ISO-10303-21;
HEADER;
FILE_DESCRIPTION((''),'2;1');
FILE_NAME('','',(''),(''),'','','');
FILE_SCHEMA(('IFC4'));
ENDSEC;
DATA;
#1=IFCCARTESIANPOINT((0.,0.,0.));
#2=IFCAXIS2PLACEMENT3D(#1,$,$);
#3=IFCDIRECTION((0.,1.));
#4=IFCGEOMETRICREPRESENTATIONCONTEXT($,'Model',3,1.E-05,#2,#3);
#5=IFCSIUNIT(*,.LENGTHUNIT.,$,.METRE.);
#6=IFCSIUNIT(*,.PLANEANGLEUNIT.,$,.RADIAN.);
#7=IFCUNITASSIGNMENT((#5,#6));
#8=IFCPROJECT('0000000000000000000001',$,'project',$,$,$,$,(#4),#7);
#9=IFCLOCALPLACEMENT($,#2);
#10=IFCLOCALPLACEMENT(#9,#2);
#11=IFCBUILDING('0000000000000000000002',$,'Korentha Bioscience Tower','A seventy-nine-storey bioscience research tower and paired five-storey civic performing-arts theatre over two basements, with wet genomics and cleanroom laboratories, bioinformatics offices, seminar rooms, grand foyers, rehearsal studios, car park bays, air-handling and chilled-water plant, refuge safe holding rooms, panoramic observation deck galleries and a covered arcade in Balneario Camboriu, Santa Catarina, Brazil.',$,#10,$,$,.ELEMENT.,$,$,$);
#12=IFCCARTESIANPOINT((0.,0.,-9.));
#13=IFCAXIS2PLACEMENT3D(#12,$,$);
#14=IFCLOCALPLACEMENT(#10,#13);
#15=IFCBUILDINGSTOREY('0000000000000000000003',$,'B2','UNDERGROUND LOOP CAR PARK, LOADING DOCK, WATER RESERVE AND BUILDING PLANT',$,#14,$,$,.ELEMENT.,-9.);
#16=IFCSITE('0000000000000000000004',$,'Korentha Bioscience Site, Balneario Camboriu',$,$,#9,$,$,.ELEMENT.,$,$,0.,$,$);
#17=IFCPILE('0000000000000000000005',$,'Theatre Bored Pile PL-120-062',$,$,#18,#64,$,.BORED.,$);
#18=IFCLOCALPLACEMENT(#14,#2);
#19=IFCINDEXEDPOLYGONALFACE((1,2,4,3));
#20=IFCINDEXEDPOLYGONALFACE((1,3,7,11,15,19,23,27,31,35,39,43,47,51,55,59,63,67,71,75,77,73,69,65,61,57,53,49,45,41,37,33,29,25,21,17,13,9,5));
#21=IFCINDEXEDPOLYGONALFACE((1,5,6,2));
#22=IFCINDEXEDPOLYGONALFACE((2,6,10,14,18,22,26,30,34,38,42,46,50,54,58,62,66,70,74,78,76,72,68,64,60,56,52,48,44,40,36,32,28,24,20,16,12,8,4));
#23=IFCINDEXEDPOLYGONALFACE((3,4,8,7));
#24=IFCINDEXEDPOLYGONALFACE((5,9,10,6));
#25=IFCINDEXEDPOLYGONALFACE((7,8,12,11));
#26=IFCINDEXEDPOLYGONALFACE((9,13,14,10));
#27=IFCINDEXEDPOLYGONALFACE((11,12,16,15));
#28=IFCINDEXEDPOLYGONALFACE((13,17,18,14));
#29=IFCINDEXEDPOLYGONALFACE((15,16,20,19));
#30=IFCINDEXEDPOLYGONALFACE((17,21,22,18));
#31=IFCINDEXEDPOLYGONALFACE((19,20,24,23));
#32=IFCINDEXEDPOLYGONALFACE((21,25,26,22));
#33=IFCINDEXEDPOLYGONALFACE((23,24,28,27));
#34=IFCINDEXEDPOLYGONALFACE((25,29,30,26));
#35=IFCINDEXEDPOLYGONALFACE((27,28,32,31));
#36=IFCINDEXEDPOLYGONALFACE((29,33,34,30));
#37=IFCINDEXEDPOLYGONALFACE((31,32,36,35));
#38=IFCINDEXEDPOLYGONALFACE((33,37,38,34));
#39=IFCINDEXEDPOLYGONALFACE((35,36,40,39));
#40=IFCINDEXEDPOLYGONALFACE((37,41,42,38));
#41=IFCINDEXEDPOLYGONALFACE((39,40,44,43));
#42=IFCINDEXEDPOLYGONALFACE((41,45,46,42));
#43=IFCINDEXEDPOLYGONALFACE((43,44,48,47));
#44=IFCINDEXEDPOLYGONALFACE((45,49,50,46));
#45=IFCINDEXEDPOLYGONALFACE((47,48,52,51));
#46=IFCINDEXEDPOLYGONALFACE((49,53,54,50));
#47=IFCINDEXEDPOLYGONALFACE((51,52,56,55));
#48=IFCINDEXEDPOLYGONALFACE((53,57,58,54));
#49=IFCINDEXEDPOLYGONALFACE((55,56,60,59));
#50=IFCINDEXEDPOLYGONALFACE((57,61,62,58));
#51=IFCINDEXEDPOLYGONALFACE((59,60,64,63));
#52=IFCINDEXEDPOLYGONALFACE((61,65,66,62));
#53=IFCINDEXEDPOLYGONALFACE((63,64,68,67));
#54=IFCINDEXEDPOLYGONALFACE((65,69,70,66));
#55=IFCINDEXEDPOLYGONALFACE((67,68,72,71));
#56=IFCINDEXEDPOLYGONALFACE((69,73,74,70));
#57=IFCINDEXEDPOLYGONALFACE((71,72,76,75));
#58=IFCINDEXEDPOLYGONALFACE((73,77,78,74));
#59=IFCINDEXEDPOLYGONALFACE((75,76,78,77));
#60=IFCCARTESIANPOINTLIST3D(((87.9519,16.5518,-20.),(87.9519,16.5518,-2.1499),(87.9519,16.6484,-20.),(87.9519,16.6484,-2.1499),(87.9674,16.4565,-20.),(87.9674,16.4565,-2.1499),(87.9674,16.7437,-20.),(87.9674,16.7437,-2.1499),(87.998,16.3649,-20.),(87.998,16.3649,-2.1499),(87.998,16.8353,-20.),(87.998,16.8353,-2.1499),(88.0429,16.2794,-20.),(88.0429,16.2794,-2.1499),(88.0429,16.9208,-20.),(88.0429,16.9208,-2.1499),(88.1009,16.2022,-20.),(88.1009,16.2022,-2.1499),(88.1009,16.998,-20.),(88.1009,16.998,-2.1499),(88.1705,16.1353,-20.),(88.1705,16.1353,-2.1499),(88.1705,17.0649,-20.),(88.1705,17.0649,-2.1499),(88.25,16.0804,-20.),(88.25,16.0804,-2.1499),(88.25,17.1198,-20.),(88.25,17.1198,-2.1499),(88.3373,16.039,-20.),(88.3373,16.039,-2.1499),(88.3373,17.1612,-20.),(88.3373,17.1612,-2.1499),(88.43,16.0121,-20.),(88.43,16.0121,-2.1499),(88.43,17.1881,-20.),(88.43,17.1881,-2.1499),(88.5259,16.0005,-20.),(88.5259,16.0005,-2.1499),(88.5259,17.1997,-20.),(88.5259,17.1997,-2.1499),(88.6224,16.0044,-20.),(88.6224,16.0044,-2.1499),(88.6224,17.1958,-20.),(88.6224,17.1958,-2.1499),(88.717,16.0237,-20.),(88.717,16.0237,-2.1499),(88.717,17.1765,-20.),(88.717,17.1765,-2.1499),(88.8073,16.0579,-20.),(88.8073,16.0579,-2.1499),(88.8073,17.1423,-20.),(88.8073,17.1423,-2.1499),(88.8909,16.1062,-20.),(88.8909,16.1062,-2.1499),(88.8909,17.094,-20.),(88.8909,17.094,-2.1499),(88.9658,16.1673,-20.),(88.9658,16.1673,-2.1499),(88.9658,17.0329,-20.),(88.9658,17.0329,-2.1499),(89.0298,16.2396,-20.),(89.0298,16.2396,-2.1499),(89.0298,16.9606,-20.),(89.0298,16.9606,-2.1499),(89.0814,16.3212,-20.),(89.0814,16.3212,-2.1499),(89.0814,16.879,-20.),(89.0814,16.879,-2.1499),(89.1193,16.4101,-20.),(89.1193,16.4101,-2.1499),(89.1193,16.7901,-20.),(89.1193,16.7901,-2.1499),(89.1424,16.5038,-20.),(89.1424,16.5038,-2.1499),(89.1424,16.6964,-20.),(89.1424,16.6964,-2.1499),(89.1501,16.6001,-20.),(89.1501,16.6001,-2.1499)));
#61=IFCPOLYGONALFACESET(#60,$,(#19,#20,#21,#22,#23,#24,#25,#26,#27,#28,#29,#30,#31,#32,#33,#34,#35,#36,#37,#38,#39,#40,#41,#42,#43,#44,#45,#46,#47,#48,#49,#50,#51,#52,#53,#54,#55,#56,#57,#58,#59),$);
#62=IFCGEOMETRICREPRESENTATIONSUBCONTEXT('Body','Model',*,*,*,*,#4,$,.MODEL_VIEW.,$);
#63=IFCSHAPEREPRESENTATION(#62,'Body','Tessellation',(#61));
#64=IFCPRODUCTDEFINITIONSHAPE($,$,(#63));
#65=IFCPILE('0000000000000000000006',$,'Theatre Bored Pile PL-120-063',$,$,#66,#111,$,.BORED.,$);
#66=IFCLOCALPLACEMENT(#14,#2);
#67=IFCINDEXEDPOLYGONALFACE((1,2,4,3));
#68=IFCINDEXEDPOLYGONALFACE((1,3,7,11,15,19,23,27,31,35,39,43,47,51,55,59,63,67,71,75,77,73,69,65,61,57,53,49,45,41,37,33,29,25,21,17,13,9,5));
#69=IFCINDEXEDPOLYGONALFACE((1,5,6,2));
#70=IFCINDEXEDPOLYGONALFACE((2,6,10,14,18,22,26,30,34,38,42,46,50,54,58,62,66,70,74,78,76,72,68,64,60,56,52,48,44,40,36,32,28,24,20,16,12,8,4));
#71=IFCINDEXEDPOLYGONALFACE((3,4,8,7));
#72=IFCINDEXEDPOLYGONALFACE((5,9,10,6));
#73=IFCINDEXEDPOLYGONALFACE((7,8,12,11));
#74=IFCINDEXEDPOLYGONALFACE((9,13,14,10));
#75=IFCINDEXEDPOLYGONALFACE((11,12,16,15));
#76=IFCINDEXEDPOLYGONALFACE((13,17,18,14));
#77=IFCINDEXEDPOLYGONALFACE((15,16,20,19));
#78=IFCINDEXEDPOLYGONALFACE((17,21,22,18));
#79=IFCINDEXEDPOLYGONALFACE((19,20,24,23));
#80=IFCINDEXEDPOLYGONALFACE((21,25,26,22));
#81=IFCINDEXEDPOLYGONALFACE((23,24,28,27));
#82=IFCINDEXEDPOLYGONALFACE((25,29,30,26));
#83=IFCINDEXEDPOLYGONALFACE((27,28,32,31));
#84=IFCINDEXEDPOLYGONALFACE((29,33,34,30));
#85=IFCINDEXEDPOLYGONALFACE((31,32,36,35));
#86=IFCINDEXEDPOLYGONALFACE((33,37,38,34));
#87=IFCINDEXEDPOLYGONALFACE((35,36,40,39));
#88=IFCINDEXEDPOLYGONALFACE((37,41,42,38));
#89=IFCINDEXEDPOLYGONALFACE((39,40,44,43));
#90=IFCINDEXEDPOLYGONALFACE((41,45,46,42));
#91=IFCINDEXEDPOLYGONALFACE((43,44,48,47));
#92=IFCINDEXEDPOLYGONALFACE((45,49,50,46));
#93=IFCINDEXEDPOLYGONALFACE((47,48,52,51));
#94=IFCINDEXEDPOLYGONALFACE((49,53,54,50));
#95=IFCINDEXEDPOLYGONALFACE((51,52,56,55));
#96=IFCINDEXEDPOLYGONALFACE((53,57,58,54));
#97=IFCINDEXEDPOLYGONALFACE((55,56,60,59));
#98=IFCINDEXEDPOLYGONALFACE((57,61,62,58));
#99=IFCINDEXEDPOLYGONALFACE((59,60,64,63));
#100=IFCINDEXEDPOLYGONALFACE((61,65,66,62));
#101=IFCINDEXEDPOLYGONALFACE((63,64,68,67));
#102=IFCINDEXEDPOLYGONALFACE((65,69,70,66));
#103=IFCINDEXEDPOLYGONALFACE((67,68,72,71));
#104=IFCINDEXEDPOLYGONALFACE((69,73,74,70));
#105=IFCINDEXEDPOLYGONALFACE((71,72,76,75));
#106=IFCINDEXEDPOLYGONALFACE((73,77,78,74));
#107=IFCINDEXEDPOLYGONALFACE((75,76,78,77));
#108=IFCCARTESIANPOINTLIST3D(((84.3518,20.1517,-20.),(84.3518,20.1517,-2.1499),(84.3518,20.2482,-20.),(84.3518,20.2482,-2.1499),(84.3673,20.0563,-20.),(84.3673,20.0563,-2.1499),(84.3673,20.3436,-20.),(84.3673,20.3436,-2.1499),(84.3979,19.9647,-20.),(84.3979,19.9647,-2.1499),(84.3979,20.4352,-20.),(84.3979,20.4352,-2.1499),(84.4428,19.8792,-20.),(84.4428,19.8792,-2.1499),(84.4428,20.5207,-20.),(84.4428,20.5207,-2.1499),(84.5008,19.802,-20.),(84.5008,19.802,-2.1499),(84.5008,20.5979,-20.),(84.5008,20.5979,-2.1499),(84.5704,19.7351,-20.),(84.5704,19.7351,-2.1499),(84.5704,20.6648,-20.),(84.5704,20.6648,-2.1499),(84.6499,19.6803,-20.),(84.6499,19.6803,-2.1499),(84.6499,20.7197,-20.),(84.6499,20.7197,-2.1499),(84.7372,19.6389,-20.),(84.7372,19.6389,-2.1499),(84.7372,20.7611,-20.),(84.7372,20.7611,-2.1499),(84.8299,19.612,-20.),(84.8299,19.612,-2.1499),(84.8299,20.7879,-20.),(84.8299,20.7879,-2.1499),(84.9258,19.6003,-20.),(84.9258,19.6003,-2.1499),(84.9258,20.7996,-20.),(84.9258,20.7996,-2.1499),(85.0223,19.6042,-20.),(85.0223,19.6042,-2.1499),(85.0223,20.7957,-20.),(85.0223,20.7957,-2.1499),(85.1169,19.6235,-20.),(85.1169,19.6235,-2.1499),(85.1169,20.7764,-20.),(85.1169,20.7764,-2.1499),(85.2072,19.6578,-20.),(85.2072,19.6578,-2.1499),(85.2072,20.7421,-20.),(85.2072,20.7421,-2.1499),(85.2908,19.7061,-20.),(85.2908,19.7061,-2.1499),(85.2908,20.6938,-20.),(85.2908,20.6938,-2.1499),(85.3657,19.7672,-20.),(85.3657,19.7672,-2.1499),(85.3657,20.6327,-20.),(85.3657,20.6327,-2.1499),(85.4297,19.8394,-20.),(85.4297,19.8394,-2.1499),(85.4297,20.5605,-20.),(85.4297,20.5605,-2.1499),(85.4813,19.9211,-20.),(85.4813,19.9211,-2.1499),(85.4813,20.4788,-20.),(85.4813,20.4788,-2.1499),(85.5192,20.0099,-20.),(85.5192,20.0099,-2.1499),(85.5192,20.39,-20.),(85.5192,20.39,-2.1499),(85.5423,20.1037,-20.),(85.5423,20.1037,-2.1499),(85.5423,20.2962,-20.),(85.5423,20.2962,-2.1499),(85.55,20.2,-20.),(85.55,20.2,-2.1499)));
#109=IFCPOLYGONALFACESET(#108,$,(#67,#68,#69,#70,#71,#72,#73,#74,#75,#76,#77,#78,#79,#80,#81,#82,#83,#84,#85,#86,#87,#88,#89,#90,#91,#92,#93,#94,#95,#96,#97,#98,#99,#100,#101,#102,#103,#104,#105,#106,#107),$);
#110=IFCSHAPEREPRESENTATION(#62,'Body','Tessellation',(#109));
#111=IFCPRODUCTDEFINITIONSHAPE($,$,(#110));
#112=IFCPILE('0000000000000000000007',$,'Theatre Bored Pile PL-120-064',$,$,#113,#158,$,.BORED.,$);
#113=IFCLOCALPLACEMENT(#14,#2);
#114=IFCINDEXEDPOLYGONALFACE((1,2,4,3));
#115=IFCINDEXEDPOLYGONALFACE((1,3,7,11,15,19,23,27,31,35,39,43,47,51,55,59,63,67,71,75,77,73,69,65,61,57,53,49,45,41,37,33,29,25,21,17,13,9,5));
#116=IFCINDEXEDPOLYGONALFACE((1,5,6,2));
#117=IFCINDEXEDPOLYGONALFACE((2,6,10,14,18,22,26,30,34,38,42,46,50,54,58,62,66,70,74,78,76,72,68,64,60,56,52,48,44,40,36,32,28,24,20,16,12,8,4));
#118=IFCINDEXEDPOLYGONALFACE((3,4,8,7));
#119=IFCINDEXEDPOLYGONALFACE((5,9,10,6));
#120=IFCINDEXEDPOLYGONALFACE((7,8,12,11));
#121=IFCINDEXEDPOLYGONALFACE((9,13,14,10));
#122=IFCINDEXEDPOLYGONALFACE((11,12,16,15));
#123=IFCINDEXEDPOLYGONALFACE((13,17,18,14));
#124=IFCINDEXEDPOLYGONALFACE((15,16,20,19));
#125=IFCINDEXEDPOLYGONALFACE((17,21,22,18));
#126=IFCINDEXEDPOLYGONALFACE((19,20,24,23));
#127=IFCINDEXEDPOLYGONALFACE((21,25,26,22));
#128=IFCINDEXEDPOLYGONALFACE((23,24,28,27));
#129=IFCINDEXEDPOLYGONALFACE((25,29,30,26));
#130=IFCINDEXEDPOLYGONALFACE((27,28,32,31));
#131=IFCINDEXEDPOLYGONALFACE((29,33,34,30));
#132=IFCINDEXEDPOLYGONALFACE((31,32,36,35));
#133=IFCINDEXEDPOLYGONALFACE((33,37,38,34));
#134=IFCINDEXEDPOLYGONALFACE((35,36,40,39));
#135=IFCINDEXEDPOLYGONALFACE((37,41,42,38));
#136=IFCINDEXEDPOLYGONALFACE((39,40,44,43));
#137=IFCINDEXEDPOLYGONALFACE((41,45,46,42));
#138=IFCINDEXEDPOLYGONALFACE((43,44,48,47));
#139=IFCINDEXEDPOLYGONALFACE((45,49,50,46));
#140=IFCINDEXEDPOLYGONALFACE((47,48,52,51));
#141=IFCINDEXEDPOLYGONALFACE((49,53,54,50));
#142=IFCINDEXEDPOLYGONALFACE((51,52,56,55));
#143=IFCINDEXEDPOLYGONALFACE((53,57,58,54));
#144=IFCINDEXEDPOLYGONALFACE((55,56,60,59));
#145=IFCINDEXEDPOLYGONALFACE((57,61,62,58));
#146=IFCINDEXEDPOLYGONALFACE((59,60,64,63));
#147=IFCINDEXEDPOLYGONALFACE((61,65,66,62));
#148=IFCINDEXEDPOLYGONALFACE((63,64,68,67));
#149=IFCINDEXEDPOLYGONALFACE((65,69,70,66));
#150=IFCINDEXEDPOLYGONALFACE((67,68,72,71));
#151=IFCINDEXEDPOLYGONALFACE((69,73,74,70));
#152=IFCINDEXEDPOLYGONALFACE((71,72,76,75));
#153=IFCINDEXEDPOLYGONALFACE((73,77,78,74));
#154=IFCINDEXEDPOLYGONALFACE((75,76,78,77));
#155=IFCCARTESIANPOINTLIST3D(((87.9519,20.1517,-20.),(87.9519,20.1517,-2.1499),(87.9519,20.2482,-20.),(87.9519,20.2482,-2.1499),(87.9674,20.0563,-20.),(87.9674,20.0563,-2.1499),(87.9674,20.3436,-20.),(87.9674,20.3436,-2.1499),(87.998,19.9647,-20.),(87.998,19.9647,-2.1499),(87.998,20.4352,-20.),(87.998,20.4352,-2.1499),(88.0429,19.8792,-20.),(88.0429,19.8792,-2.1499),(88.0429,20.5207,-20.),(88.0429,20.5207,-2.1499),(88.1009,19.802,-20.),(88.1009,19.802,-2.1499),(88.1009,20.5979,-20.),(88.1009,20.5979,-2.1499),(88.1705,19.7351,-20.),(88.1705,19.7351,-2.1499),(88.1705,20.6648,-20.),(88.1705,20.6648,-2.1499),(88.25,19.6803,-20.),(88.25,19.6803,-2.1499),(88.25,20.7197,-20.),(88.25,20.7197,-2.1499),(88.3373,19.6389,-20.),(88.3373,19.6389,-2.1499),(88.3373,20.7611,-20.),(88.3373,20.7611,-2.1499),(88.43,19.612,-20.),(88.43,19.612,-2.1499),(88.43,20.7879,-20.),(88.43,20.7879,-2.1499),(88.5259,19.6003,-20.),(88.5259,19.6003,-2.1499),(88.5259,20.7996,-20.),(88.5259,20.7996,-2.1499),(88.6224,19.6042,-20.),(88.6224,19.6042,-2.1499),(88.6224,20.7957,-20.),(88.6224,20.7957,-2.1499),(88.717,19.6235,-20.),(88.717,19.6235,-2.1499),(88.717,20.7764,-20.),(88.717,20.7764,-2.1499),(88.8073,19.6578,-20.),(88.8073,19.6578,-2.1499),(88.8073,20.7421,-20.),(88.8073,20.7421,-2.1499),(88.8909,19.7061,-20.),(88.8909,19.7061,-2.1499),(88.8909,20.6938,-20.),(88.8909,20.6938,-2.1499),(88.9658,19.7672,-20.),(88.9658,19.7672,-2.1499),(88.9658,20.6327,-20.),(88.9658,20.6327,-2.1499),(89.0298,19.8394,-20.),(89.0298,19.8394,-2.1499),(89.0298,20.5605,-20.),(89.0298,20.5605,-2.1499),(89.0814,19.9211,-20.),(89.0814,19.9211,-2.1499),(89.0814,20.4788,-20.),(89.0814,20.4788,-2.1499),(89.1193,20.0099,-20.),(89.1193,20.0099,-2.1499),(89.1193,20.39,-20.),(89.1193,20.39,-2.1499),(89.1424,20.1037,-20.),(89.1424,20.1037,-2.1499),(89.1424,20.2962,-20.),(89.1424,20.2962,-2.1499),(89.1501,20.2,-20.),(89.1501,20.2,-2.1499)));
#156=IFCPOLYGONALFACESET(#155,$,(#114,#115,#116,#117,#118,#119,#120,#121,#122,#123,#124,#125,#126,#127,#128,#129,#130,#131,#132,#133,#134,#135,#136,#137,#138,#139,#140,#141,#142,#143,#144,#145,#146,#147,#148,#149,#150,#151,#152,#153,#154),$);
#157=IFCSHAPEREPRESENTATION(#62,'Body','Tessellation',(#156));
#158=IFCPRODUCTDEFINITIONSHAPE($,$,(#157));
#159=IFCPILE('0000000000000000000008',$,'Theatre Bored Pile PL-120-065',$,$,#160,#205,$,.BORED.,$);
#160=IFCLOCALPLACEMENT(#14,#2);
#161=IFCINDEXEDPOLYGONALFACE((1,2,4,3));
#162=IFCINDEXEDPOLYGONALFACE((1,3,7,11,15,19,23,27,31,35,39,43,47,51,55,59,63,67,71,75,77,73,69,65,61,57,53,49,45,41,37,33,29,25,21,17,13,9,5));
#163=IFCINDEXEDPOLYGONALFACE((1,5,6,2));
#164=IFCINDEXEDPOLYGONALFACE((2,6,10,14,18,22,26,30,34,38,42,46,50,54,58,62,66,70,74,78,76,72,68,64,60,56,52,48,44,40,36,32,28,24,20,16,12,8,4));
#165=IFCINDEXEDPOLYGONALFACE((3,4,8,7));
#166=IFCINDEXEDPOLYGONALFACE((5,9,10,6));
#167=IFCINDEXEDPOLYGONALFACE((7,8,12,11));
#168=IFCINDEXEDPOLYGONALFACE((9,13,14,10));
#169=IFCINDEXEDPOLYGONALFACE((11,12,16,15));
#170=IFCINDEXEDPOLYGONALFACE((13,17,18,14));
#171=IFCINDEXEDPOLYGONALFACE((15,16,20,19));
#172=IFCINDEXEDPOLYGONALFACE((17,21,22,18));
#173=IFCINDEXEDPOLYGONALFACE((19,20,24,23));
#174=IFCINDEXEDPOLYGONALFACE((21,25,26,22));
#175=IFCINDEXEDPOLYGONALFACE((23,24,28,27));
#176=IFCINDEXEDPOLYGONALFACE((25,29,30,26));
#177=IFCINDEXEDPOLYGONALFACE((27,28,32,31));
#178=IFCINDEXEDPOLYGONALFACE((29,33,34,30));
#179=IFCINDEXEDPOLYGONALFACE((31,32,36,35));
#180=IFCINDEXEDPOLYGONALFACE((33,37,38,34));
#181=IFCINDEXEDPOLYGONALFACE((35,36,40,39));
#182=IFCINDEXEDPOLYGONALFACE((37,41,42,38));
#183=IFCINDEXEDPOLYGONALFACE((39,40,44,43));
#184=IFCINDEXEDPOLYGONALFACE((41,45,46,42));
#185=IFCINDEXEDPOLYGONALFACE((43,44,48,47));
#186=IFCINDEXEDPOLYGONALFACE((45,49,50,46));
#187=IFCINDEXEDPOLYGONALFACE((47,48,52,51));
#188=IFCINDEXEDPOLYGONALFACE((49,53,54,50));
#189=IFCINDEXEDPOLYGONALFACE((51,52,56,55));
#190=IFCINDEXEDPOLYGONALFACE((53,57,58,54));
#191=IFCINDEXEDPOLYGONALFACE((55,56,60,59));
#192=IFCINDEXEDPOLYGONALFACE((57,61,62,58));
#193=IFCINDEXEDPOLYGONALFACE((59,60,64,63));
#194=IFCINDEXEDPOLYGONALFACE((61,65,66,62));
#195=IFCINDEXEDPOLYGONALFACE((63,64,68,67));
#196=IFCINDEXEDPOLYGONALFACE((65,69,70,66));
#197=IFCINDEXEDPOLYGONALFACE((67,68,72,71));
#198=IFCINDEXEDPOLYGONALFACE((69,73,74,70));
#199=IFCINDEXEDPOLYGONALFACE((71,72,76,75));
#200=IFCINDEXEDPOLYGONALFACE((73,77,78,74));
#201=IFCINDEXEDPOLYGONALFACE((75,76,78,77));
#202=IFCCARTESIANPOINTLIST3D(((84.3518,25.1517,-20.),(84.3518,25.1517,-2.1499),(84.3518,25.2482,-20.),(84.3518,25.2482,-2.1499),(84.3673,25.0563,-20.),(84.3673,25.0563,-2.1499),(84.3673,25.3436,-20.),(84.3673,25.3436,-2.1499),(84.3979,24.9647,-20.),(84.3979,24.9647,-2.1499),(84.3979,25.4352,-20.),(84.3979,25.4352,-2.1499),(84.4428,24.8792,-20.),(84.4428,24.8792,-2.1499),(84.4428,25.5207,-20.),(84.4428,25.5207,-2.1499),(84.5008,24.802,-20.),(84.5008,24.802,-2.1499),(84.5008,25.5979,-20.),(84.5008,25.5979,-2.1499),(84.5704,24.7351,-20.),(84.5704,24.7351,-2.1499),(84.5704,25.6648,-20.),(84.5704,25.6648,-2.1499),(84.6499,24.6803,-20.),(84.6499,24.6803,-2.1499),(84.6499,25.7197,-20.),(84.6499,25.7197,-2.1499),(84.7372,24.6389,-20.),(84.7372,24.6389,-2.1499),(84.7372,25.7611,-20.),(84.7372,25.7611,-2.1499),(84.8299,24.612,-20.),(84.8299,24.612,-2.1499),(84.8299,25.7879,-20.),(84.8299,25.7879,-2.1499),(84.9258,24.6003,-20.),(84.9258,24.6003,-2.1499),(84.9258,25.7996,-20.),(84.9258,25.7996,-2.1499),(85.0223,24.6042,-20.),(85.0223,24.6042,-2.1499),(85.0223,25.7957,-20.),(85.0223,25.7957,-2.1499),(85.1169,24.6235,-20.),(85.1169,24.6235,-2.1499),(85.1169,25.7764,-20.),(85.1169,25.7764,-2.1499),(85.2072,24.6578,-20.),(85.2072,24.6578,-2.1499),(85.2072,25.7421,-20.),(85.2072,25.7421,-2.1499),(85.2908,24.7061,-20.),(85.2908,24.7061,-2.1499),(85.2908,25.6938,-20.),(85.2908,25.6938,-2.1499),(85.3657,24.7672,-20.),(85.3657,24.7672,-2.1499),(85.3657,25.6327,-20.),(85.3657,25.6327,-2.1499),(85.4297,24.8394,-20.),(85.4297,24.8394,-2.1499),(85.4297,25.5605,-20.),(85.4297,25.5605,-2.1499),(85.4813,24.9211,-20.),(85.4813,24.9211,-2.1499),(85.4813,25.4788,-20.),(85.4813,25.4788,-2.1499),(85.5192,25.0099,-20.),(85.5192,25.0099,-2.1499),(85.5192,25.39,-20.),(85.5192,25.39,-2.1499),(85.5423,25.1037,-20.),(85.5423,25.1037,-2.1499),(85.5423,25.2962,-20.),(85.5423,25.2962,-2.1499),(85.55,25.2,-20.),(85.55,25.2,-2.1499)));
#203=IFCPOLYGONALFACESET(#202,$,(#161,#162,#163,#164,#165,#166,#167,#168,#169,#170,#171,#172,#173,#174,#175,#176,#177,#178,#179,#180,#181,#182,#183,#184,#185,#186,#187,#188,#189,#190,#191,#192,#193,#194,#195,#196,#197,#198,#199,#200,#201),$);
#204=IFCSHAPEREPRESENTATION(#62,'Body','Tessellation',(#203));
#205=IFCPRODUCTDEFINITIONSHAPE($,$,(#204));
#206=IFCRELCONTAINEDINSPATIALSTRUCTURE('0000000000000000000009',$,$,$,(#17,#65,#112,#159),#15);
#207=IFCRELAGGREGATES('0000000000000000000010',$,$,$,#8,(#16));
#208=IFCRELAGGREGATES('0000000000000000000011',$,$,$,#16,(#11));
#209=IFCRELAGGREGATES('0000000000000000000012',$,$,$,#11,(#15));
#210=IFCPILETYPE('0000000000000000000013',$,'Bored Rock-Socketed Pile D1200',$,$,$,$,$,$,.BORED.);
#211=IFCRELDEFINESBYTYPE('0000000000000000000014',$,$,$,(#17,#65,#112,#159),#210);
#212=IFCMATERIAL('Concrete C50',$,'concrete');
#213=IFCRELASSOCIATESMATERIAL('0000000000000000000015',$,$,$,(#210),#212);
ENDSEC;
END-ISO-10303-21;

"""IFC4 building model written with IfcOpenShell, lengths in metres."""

from ifc_helpers import new_model, si_unit, direction, frame, origin, origin_2d, place, context, subcontext, project, spatial, circle, extrude, material, material_profile, profile_set, type_object, element, save


model = new_model("IFC4")

# Units and contexts
model_context = context("Model", 3, precision=1e-05, world=origin(), true_north=direction((0.0, 1.0)))
body_context = subcontext(model_context, "Body", "Model", "MODEL_VIEW")
ifc_project = project(units=[si_unit("LENGTHUNIT", "METRE"), si_unit("PLANEANGLEUNIT", "RADIAN")], contexts=[model_context])

# Site, building, storey
site_placement = place(None, origin())
site = spatial("IfcSite", under=ifc_project, at=site_placement, Name="Korentha Bioscience Site, Balneario Camboriu", CompositionType="ELEMENT", RefElevation=0.0)
building_placement = place(site_placement, origin())
building = spatial("IfcBuilding", under=site, at=building_placement, Name="Korentha Bioscience Tower", Description="A seventy-nine-storey bioscience research tower and paired five-storey civic performing-arts theatre over two basements, with wet genomics and cleanroom laboratories, bioinformatics offices, seminar rooms, grand foyers, rehearsal studios, car park bays, air-handling and chilled-water plant, refuge safe holding rooms, panoramic observation deck galleries and a covered arcade in Balneario Camboriu, Santa Catarina, Brazil.", CompositionType="ELEMENT")
storey_placement = place(building_placement, frame((0.0, 0.0, -9.0)))
storey = spatial("IfcBuildingStorey", under=building, at=storey_placement, Name="B2", Description="UNDERGROUND LOOP CAR PARK, LOADING DOCK, WATER RESERVE AND BUILDING PLANT", CompositionType="ELEMENT", Elevation=-9.0)

# Piles
ifc_material_1 = material(Name="Concrete C50", Category="concrete")
ifc_material_profile_1 = material_profile(ifc_material_1, circle(Radius=0.6001, at=origin_2d()), Name="Concrete C50")
ifc_profile_set_1 = profile_set([ifc_material_profile_1], Name="Concrete C50 (PL-120)")
pile_type = type_object("IfcPileType", Name="Bored Rock-Socketed Pile D1200", PredefinedType="BORED", material=ifc_profile_set_1)
for number, where, z_axis, x_axis, name in (
    (1, (88.55, 16.6001, -2.1499), (0.0, 0.0, -1.0), (1.0, 0.0, 0.0), "Theatre Bored Pile PL-120-062"),
    (2, (84.95, 20.2, -2.1499), (0.0, 0.0, -1.0), (1.0, 0.0, 0.0), "Theatre Bored Pile PL-120-063"),
    (3, (88.55, 20.2, -2.1499), (0.0, 0.0, -1.0), (1.0, 0.0, 0.0), "Theatre Bored Pile PL-120-064"),
    (4, (84.95, 25.2, -2.1499), (0.0, 0.0, -1.0), (1.0, 0.0, 0.0), "Theatre Bored Pile PL-120-065"),
):
    element("IfcPile", number, at=place(storey_placement, frame(where, z_axis=z_axis, x_axis=x_axis)), inside=storey, type_object=pile_type, Name=name, PredefinedType="BORED", context=body_context, shape_type="SweptSolid", body=[
        extrude(circle(Radius=0.6001, at=origin_2d()), origin(), (0.0, 0.0, 1.0), 17.8501),
    ])

save(model, "model.ifc")
